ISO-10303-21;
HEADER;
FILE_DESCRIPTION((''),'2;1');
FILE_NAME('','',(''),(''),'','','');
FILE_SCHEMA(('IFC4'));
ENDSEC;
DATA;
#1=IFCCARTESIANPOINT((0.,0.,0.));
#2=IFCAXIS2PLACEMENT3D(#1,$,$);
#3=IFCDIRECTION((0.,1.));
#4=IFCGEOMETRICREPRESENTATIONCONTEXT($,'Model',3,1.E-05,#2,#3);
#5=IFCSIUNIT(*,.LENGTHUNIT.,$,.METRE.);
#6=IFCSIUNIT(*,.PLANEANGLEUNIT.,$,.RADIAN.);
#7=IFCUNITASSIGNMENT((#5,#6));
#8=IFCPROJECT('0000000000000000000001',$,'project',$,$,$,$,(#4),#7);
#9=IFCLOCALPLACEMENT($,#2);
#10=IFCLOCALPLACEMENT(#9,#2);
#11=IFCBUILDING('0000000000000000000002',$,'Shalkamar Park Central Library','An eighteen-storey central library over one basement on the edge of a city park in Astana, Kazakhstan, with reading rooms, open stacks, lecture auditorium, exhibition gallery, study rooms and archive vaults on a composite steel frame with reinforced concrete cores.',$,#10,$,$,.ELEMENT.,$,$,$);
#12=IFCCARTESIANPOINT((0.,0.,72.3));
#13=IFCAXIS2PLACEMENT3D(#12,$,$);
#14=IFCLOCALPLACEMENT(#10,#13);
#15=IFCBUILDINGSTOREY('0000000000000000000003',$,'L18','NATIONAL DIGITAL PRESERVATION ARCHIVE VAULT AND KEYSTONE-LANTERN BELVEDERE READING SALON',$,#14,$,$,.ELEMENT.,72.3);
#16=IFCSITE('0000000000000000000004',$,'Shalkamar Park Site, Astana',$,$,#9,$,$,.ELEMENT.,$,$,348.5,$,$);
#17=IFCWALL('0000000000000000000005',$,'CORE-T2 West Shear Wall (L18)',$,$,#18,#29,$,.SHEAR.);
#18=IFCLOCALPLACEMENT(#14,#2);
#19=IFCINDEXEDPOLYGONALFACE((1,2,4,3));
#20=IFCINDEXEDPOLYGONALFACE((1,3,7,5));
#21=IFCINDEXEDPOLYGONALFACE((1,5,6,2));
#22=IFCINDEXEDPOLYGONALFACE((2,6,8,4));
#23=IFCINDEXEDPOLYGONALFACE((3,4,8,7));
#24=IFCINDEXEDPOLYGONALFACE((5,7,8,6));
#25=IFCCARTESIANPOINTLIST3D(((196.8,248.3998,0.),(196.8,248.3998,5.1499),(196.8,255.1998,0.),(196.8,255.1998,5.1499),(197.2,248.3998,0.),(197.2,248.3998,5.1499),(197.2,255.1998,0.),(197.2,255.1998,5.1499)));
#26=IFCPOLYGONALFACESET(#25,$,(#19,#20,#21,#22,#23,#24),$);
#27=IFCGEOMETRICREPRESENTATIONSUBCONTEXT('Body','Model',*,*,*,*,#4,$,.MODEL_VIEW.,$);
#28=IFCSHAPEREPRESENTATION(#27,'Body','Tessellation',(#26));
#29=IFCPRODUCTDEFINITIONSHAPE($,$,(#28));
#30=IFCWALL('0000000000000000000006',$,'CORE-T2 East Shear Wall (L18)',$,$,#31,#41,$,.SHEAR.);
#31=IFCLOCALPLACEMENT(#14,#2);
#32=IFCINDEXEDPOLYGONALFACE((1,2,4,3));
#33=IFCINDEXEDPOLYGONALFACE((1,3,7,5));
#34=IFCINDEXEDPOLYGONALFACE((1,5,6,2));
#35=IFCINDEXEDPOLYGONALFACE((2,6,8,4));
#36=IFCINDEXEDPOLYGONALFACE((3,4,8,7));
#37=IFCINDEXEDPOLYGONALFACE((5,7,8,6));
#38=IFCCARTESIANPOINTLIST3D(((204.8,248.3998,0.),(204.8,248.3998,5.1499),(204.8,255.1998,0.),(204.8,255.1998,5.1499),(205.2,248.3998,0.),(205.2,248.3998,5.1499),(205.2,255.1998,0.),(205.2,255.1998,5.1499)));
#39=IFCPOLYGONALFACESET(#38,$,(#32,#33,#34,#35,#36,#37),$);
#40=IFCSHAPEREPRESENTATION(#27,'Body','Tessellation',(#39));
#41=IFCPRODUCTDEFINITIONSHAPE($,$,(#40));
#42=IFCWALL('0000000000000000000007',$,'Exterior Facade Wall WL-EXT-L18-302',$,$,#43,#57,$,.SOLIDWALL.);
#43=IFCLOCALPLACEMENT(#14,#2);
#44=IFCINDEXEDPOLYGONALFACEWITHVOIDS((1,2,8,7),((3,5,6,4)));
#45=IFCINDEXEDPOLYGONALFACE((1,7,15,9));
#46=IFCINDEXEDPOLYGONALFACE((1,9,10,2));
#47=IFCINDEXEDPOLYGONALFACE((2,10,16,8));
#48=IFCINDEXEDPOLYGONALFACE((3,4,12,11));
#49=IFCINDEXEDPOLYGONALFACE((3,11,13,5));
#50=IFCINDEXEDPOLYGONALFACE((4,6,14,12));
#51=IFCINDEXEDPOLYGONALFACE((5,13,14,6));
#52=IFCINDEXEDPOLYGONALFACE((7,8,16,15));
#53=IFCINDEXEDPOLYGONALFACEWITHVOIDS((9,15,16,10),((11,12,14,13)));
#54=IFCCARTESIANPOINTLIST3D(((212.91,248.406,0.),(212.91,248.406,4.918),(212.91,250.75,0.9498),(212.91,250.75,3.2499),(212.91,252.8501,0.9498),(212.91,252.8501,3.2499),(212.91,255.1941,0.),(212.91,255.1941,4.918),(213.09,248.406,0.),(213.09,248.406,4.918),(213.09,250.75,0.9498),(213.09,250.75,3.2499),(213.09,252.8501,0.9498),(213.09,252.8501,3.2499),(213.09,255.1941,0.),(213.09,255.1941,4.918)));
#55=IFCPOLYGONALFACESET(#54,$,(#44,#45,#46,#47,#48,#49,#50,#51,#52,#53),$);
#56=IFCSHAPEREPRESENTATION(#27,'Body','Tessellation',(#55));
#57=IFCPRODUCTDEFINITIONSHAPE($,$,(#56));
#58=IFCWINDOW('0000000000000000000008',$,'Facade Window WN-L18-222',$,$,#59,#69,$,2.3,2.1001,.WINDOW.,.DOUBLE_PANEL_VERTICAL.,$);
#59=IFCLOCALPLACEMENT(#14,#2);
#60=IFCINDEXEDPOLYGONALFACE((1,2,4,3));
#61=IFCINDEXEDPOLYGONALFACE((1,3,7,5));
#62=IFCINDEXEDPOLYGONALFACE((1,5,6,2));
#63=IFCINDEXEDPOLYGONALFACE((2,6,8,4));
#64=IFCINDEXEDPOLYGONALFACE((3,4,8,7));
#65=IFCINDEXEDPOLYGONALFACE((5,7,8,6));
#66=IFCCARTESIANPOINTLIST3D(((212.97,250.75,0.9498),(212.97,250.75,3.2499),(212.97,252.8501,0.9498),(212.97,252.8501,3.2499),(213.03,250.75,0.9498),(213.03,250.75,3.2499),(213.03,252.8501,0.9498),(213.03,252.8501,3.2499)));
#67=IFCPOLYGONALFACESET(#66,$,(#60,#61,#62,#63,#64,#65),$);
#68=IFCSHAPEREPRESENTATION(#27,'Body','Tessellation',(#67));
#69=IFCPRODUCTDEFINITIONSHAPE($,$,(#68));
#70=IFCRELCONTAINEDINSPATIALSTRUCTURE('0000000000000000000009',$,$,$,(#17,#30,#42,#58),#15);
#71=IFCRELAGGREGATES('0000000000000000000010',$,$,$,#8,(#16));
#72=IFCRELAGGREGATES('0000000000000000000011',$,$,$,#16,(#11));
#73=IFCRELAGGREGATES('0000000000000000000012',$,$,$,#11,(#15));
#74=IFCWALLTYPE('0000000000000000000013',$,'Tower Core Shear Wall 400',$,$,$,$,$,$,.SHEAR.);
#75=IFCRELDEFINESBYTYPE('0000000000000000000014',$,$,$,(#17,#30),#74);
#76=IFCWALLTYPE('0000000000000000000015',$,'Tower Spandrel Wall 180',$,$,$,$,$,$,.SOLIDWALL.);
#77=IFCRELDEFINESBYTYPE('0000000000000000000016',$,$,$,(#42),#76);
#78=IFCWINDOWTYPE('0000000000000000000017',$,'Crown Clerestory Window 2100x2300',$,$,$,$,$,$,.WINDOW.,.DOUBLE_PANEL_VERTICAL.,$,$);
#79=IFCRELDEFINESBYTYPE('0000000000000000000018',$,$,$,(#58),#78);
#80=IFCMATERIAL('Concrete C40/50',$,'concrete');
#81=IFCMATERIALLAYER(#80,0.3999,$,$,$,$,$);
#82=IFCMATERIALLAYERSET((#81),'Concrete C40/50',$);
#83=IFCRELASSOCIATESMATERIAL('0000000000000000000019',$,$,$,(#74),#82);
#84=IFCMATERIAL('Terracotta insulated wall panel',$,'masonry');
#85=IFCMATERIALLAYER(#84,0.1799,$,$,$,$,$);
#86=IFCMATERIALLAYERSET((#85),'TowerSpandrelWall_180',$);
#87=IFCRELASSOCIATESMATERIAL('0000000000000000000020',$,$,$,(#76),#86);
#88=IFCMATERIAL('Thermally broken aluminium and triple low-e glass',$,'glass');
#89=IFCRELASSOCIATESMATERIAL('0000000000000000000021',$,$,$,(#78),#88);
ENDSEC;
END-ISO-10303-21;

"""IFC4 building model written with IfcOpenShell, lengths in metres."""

from ifc_helpers import new_model, si_unit, direction, frame, frame_2d, origin, place, context, subcontext, project, spatial, rectangle, extrude, material, layer, layer_set, type_object, element, fill, save


model = new_model("IFC4")

# Units and contexts
model_context = context("Model", 3, precision=1e-05, world=origin(), true_north=direction((0.0, 1.0)))
body_context = subcontext(model_context, "Body", "Model", "MODEL_VIEW")
ifc_project = project(units=[si_unit("LENGTHUNIT", "METRE"), si_unit("PLANEANGLEUNIT", "RADIAN")], contexts=[model_context])

# Site, building, storey
site_placement = place(None, origin())
site = spatial("IfcSite", under=ifc_project, at=site_placement, Name="Shalkamar Park Site, Astana", CompositionType="ELEMENT", RefElevation=348.5)
building_placement = place(site_placement, origin())
building = spatial("IfcBuilding", under=site, at=building_placement, Name="Shalkamar Park Central Library", Description="An eighteen-storey central library over one basement on the edge of a city park in Astana, Kazakhstan, with reading rooms, open stacks, lecture auditorium, exhibition gallery, study rooms and archive vaults on a composite steel frame with reinforced concrete cores.", CompositionType="ELEMENT")
storey_placement = place(building_placement, frame((0.0, 0.0, 72.3)))
storey = spatial("IfcBuildingStorey", under=building, at=storey_placement, Name="L18", Description="NATIONAL DIGITAL PRESERVATION ARCHIVE VAULT AND KEYSTONE-LANTERN BELVEDERE READING SALON", CompositionType="ELEMENT", Elevation=72.3)

# Walls
ifc_material_1 = material(Name="Concrete C40/50", Category="concrete")
ifc_layer_1 = layer(ifc_material_1, 0.3999)
ifc_layer_set_1 = layer_set([ifc_layer_1], Name="Concrete C40/50")
wall_type_1 = type_object("IfcWallType", Name="Tower Core Shear Wall 400", PredefinedType="SHEAR", material=ifc_layer_set_1)
for number, where, z_axis, x_axis, name in (
    (1, (197.0, 248.3999, 0.0), (0.0, 0.0, 1.0), (0.0, 1.0, 0.0), "CORE-T2 West Shear Wall (L18)"),
    (2, (205.0, 248.3999, 0.0), (0.0, 0.0, 1.0), (0.0, 1.0, 0.0), "CORE-T2 East Shear Wall (L18)"),
):
    element("IfcWall", number, at=place(storey_placement, frame(where, z_axis=z_axis, x_axis=x_axis)), inside=storey, type_object=wall_type_1, Name=name, PredefinedType="SHEAR", context=body_context, shape_type="SweptSolid", body=[
        extrude(rectangle(XDim=6.8, YDim=0.3999, at=frame_2d((3.3999, 0.0))), origin(), (0.0, 0.0, 1.0), 5.1499),
    ])

# Wall, opening, window
ifc_material_2 = material(Name="Terracotta insulated wall panel", Category="masonry")
ifc_layer_2 = layer(ifc_material_2, 0.1799)
ifc_layer_set_2 = layer_set([ifc_layer_2], Name="TowerSpandrelWall_180")
wall_type_2 = type_object("IfcWallType", Name="Tower Spandrel Wall 180", PredefinedType="SOLIDWALL", material=ifc_layer_set_2)
wall_1_placement = place(storey_placement, frame((213.0, 248.406, 0.0), z_axis=(0.0, 0.0, 1.0), x_axis=(0.0, 1.0, 0.0)))
wall_1 = element("IfcWall", 3, at=wall_1_placement, inside=storey, type_object=wall_type_2, Name="Exterior Facade Wall WL-EXT-L18-302", PredefinedType="SOLIDWALL", context=body_context, shape_type="SweptSolid", body=[
    extrude(rectangle(XDim=6.7881, YDim=0.1799, at=frame_2d((3.394, 0.0))), origin(), (0.0, 0.0, 1.0), 4.918),
])
opening_placement = place(wall_1_placement, frame((2.344, 0.0, 0.95)))
opening = element("IfcOpeningElement", 4, at=opening_placement, cuts=wall_1, PredefinedType="OPENING", context=body_context, shape_type="SweptSolid", body=[
    extrude(rectangle(XDim=2.1001, YDim=2.3, at=frame_2d((1.05, 1.1499))), frame((0.0, 0.105, 0.0), z_axis=(0.0, -1.0, 0.0), x_axis=(1.0, 0.0, 0.0)), (0.0, 0.0, 1.0), 0.2097),
])
ifc_material_3 = material(Name="Thermally broken aluminium and triple low-e glass", Category="glass")
window_type = type_object("IfcWindowType", Name="Crown Clerestory Window 2100x2300", PartitioningType="DOUBLE_PANEL_VERTICAL", PredefinedType="WINDOW", material=ifc_material_3)
window_placement = place(opening_placement, origin())
window = element("IfcWindow", 5, at=window_placement, inside=storey, type_object=window_type, Name="Facade Window WN-L18-222", OverallHeight=2.3, OverallWidth=2.1001, PartitioningType="DOUBLE_PANEL_VERTICAL", PredefinedType="WINDOW", context=body_context, shape_type="SweptSolid", body=[
    extrude(rectangle(XDim=2.1001, YDim=2.3, at=frame_2d((1.05, 1.1499))), frame((0.0, 0.03, 0.0), z_axis=(0.0, -1.0, 0.0), x_axis=(1.0, 0.0, 0.0)), (0.0, 0.0, 1.0), 0.0601),
])
fill(opening, window)

save(model, "model.ifc")
